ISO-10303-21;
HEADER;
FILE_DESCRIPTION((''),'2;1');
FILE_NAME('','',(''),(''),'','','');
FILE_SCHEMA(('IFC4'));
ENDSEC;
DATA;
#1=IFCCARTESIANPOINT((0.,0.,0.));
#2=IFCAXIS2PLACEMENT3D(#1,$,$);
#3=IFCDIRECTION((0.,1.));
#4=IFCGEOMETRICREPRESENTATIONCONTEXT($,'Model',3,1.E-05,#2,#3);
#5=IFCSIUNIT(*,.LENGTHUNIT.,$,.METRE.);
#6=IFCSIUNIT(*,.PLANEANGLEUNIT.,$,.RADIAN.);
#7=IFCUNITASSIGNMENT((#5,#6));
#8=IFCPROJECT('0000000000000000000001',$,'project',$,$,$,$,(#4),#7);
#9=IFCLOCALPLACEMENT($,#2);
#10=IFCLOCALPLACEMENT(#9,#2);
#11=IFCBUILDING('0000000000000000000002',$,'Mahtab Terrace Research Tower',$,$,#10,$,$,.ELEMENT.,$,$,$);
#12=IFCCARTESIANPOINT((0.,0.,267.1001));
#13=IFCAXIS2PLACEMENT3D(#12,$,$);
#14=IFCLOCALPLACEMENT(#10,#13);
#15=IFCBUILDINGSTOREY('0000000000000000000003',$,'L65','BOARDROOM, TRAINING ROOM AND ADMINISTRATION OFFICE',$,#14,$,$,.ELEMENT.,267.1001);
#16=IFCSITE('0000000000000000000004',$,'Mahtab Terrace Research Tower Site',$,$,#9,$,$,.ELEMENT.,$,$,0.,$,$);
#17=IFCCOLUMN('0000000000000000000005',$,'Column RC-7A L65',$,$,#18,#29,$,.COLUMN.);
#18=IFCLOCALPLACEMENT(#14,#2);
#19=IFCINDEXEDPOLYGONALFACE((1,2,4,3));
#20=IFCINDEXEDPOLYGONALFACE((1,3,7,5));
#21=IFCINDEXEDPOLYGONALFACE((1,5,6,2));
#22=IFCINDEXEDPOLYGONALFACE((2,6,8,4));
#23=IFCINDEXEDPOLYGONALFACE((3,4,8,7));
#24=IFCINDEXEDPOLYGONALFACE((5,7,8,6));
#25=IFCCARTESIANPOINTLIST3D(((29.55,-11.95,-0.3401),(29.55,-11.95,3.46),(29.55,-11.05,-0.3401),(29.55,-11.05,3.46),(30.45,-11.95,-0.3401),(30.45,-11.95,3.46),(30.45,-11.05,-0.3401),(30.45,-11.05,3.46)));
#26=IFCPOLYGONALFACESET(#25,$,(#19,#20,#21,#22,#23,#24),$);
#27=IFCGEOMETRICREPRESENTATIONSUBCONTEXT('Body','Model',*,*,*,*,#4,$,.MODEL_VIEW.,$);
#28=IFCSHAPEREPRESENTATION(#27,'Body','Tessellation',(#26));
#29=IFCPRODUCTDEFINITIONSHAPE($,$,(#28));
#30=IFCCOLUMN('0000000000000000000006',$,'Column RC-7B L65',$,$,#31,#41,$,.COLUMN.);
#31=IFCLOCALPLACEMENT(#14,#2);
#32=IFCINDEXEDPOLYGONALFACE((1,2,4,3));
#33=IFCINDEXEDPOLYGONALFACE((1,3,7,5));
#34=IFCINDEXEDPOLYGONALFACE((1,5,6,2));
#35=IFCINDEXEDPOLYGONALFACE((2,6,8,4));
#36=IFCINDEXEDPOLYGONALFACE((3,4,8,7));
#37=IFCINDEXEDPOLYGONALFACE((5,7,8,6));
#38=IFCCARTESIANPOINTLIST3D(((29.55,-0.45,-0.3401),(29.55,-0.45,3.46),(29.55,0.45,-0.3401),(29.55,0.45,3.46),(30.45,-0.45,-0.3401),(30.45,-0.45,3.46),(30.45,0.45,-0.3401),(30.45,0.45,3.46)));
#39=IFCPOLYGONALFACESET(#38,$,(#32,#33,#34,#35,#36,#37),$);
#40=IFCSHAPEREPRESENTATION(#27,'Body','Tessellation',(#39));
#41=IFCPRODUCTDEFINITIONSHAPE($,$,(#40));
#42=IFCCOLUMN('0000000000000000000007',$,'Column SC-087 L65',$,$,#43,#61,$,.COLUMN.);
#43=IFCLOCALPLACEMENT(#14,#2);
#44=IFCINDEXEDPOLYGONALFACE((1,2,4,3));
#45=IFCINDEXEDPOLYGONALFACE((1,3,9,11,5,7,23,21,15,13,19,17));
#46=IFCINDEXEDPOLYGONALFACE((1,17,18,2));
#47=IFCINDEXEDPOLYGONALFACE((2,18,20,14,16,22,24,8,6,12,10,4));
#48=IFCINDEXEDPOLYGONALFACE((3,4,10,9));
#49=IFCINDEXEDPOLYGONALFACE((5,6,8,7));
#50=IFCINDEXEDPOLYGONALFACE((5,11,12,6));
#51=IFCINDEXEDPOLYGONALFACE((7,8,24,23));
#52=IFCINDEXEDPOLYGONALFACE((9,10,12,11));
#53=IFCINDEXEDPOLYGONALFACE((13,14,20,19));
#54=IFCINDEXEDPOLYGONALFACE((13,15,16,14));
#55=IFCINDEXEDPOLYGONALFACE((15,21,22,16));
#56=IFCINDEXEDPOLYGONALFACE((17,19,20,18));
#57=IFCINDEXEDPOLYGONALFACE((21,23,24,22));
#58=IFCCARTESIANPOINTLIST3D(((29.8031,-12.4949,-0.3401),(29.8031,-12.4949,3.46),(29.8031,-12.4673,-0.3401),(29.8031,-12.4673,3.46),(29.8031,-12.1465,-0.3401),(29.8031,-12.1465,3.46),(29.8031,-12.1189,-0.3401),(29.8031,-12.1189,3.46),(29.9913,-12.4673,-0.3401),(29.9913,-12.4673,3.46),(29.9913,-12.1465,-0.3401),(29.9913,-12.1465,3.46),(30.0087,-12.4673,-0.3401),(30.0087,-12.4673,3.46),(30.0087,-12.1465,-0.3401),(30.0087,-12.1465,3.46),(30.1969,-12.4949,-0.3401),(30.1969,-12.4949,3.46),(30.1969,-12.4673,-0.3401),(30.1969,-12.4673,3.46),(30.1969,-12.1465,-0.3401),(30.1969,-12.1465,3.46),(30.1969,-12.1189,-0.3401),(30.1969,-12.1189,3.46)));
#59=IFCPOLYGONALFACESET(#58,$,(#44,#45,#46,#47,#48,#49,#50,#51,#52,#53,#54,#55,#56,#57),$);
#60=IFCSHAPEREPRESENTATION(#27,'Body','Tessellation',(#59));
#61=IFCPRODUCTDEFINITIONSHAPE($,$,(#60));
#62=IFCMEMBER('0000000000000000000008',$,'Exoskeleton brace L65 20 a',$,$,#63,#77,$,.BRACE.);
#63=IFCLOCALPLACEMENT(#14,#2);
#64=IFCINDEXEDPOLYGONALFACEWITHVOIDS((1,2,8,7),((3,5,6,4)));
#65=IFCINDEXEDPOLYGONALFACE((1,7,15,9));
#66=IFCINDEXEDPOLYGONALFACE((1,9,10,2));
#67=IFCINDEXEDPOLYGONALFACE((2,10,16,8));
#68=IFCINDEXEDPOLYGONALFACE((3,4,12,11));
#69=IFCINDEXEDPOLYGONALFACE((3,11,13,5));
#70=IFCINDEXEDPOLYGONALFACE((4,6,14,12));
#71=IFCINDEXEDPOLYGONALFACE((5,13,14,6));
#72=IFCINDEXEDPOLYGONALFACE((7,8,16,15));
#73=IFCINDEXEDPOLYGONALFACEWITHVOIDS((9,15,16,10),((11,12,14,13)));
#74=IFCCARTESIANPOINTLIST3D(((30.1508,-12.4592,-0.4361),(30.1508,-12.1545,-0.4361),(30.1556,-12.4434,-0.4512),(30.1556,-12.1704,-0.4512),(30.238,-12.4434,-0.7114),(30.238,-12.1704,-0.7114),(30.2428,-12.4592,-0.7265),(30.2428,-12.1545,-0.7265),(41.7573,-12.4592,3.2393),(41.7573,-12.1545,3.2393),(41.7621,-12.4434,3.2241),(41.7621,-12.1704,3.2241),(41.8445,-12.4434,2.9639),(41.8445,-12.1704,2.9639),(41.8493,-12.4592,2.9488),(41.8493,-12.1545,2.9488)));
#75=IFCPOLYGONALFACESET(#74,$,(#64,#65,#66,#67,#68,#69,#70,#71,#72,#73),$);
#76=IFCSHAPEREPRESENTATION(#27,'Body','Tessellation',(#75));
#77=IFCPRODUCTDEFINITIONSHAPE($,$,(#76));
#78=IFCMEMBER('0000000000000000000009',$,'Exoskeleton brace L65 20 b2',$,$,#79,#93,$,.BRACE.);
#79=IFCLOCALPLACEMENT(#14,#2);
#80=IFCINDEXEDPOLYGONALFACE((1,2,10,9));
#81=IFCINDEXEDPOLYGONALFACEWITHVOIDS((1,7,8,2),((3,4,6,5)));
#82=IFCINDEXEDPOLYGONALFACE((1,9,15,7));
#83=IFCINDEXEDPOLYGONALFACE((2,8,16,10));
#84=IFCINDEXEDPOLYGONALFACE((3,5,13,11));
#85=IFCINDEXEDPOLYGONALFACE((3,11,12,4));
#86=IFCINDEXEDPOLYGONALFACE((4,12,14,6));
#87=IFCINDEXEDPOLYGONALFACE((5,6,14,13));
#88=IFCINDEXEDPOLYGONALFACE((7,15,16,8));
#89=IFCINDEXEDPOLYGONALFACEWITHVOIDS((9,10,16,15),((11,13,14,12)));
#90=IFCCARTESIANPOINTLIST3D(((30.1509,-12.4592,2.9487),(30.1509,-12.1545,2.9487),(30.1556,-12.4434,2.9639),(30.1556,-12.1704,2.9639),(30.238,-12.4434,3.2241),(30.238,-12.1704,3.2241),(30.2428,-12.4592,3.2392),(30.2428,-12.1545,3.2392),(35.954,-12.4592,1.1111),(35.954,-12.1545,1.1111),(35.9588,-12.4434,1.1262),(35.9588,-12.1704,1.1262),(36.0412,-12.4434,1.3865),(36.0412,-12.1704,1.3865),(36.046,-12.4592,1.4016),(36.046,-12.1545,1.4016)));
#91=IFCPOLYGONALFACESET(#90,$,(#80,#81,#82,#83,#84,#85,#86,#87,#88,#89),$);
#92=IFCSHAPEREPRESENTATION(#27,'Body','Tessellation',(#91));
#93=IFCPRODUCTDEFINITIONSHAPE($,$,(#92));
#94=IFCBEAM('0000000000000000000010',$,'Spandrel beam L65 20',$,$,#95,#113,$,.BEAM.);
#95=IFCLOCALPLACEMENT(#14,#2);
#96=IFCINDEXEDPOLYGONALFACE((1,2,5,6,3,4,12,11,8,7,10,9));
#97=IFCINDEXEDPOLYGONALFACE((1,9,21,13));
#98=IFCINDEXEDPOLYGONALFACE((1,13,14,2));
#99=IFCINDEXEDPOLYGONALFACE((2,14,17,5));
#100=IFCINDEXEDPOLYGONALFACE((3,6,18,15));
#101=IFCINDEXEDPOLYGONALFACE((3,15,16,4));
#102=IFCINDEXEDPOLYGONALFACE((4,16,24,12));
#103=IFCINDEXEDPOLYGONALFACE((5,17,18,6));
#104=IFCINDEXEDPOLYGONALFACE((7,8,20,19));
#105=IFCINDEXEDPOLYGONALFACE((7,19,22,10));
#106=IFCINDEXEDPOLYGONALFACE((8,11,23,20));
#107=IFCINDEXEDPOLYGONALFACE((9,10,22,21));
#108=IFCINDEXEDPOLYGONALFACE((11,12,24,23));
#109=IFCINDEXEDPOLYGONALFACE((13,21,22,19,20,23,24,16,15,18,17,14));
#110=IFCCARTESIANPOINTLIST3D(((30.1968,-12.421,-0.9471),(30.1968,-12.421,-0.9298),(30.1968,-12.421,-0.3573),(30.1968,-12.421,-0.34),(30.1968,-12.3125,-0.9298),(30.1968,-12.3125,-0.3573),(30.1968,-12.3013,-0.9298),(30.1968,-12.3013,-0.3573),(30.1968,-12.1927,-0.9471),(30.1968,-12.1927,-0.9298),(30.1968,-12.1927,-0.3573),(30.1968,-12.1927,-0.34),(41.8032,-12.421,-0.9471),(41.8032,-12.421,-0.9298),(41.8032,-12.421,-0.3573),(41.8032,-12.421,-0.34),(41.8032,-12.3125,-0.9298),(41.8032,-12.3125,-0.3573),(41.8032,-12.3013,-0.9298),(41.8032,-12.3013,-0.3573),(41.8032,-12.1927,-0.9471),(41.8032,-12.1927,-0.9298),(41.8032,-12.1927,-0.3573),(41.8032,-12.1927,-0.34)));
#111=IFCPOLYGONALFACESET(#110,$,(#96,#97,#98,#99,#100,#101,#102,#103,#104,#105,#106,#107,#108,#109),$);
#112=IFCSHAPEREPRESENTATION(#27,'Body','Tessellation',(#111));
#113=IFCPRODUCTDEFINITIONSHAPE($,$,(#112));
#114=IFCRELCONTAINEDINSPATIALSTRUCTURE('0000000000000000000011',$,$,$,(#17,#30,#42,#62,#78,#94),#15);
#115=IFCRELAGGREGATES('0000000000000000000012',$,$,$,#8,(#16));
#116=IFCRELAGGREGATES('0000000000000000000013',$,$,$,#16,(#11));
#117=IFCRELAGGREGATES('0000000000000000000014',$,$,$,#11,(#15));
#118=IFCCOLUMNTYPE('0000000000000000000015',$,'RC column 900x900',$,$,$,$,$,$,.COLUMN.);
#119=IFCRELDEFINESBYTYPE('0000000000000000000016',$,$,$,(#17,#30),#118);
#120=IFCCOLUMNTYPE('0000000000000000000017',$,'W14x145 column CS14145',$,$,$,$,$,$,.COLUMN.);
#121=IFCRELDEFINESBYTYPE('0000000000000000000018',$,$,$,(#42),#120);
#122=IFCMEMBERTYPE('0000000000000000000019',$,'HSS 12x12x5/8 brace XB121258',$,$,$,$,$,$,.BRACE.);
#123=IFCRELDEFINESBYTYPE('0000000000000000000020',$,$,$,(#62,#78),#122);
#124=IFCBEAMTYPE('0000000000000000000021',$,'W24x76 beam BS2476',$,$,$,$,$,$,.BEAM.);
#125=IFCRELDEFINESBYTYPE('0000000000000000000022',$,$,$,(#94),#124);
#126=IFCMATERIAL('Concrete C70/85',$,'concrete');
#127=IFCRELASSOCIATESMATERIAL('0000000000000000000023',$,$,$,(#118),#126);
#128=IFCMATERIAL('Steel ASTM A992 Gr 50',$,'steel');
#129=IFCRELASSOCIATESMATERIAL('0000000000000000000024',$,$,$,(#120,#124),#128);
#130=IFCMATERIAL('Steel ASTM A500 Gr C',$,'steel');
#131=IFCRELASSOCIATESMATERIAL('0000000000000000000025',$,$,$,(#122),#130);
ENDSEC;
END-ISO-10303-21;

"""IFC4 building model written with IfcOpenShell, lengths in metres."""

from ifc_helpers import new_model, si_unit, direction, frame, origin, origin_2d, place, context, subcontext, project, spatial, rectangle, hollow_rectangle, i_section, extrude, material, material_profile, profile_set, type_object, element, save


model = new_model("IFC4")

# Units and contexts
model_context = context("Model", 3, precision=1e-05, world=origin(), true_north=direction((0.0, 1.0)))
body_context = subcontext(model_context, "Body", "Model", "MODEL_VIEW")
ifc_project = project(units=[si_unit("LENGTHUNIT", "METRE"), si_unit("PLANEANGLEUNIT", "RADIAN")], contexts=[model_context])

# Site, building, storey
site_placement = place(None, origin())
site = spatial("IfcSite", under=ifc_project, at=site_placement, Name="Mahtab Terrace Research Tower Site", CompositionType="ELEMENT", RefElevation=0.0)
building_placement = place(site_placement, origin())
building = spatial("IfcBuilding", under=site, at=building_placement, Name="Mahtab Terrace Research Tower", CompositionType="ELEMENT")
storey_placement = place(building_placement, frame((0.0, 0.0, 267.1001)))
storey = spatial("IfcBuildingStorey", under=building, at=storey_placement, Name="L65", Description="BOARDROOM, TRAINING ROOM AND ADMINISTRATION OFFICE", CompositionType="ELEMENT", Elevation=267.1001)

# Columns
ifc_material_1 = material(Name="Concrete C70/85", Category="concrete")
ifc_material_profile_1 = material_profile(ifc_material_1, rectangle(XDim=0.8999, YDim=0.8999, at=origin_2d()), Name="RC column 900x900")
ifc_profile_set_1 = profile_set([ifc_material_profile_1], Name="Concrete C70/85")
column_type_1 = type_object("IfcColumnType", Name="RC column 900x900", PredefinedType="COLUMN", material=ifc_profile_set_1)
for number, where, z_axis, x_axis, name in (
    (1, (30.0, -11.5, -0.3401), (0.0, 0.0, 1.0), (1.0, 0.0, 0.0), "Column RC-7A L65"),
    (2, (30.0, 0.0, -0.3401), (0.0, 0.0, 1.0), (1.0, 0.0, 0.0), "Column RC-7B L65"),
):
    element("IfcColumn", number, at=place(storey_placement, frame(where, z_axis=z_axis, x_axis=x_axis)), inside=storey, type_object=column_type_1, Name=name, PredefinedType="COLUMN", context=body_context, shape_type="SweptSolid", body=[
        extrude(rectangle(XDim=0.8999, YDim=0.8999, at=origin_2d()), origin(), (0.0, 0.0, 1.0), 3.8),
    ])
ifc_material_2 = material(Name="Steel ASTM A992 Gr 50", Category="steel")
ifc_material_profile_2 = material_profile(ifc_material_2, i_section(OverallWidth=0.3938, OverallDepth=0.376, WebThickness=0.0173, FlangeThickness=0.0276, at=origin_2d()), Name="W14X145")
ifc_profile_set_2 = profile_set([ifc_material_profile_2], Name="Steel ASTM A992 Gr 50")
column_type_2 = type_object("IfcColumnType", Name="W14x145 column CS14145", PredefinedType="COLUMN", material=ifc_profile_set_2)
column_placement = place(storey_placement, frame((30.0, -12.3069, -0.3401), z_axis=(0.0, 0.0, 1.0), x_axis=(1.0, 0.0, 0.0)))
element("IfcColumn", 3, at=column_placement, inside=storey, type_object=column_type_2, Name="Column SC-087 L65", PredefinedType="COLUMN", context=body_context, shape_type="SweptSolid", body=[
    extrude(i_section(OverallWidth=0.3938, OverallDepth=0.376, WebThickness=0.0173, FlangeThickness=0.0276, at=origin_2d()), origin(), (0.0, 0.0, 1.0), 3.8),
])

# Members
ifc_material_3 = material(Name="Steel ASTM A500 Gr C", Category="steel")
ifc_material_profile_3 = material_profile(ifc_material_3, hollow_rectangle(XDim=0.3047, YDim=0.3047, WallThickness=0.0159, at=origin_2d()), Name="HSS12X12X5/8")
ifc_profile_set_3 = profile_set([ifc_material_profile_3], Name="Steel ASTM A500 Gr C")
member_type = type_object("IfcMemberType", Name="HSS 12x12x5/8 brace XB121258", PredefinedType="BRACE", material=ifc_profile_set_3)
member_1_placement = place(storey_placement, frame((30.1968, -12.3069, -0.5813), z_axis=(0.953344, 0.0, 0.301886), x_axis=(0.0, 1.0, 0.0)))
element("IfcMember", 4, at=member_1_placement, inside=storey, type_object=member_type, Name="Exoskeleton brace L65 20 a", PredefinedType="BRACE", context=body_context, shape_type="SweptSolid", body=[
    extrude(hollow_rectangle(XDim=0.3047, YDim=0.3047, WallThickness=0.0159, at=origin_2d()), origin(), (0.0, 0.0, 1.0), 12.1746),
])
member_2_placement = place(storey_placement, frame((36.0, -12.3069, 1.2563), z_axis=(-0.953344, 0.0, 0.301886), x_axis=(0.0, -1.0, 0.0)))
element("IfcMember", 5, at=member_2_placement, inside=storey, type_object=member_type, Name="Exoskeleton brace L65 20 b2", PredefinedType="BRACE", context=body_context, shape_type="SweptSolid", body=[
    extrude(hollow_rectangle(XDim=0.3047, YDim=0.3047, WallThickness=0.0159, at=origin_2d()), origin(), (0.0, 0.0, 1.0), 6.0872),
])

# Beam
ifc_material_profile_4 = material_profile(ifc_material_2, i_section(OverallWidth=0.2283, OverallDepth=0.6072, WebThickness=0.0112, FlangeThickness=0.0173, at=origin_2d()), Name="W24X76")
ifc_profile_set_4 = profile_set([ifc_material_profile_4], Name="Steel ASTM A992 Gr 50")
beam_type = type_object("IfcBeamType", Name="W24x76 beam BS2476", PredefinedType="BEAM", material=ifc_profile_set_4)
beam_placement = place(storey_placement, frame((30.1968, -12.3069, -0.6436), z_axis=(1.0, 0.0, 0.0), x_axis=(0.0, 1.0, 0.0)))
element("IfcBeam", 6, at=beam_placement, inside=storey, type_object=beam_type, Name="Spandrel beam L65 20", PredefinedType="BEAM", context=body_context, shape_type="SweptSolid", body=[
    extrude(i_section(OverallWidth=0.2283, OverallDepth=0.6072, WebThickness=0.0112, FlangeThickness=0.0173, at=origin_2d()), origin(), (0.0, 0.0, 1.0), 11.6064),
])

save(model, "model.ifc")
